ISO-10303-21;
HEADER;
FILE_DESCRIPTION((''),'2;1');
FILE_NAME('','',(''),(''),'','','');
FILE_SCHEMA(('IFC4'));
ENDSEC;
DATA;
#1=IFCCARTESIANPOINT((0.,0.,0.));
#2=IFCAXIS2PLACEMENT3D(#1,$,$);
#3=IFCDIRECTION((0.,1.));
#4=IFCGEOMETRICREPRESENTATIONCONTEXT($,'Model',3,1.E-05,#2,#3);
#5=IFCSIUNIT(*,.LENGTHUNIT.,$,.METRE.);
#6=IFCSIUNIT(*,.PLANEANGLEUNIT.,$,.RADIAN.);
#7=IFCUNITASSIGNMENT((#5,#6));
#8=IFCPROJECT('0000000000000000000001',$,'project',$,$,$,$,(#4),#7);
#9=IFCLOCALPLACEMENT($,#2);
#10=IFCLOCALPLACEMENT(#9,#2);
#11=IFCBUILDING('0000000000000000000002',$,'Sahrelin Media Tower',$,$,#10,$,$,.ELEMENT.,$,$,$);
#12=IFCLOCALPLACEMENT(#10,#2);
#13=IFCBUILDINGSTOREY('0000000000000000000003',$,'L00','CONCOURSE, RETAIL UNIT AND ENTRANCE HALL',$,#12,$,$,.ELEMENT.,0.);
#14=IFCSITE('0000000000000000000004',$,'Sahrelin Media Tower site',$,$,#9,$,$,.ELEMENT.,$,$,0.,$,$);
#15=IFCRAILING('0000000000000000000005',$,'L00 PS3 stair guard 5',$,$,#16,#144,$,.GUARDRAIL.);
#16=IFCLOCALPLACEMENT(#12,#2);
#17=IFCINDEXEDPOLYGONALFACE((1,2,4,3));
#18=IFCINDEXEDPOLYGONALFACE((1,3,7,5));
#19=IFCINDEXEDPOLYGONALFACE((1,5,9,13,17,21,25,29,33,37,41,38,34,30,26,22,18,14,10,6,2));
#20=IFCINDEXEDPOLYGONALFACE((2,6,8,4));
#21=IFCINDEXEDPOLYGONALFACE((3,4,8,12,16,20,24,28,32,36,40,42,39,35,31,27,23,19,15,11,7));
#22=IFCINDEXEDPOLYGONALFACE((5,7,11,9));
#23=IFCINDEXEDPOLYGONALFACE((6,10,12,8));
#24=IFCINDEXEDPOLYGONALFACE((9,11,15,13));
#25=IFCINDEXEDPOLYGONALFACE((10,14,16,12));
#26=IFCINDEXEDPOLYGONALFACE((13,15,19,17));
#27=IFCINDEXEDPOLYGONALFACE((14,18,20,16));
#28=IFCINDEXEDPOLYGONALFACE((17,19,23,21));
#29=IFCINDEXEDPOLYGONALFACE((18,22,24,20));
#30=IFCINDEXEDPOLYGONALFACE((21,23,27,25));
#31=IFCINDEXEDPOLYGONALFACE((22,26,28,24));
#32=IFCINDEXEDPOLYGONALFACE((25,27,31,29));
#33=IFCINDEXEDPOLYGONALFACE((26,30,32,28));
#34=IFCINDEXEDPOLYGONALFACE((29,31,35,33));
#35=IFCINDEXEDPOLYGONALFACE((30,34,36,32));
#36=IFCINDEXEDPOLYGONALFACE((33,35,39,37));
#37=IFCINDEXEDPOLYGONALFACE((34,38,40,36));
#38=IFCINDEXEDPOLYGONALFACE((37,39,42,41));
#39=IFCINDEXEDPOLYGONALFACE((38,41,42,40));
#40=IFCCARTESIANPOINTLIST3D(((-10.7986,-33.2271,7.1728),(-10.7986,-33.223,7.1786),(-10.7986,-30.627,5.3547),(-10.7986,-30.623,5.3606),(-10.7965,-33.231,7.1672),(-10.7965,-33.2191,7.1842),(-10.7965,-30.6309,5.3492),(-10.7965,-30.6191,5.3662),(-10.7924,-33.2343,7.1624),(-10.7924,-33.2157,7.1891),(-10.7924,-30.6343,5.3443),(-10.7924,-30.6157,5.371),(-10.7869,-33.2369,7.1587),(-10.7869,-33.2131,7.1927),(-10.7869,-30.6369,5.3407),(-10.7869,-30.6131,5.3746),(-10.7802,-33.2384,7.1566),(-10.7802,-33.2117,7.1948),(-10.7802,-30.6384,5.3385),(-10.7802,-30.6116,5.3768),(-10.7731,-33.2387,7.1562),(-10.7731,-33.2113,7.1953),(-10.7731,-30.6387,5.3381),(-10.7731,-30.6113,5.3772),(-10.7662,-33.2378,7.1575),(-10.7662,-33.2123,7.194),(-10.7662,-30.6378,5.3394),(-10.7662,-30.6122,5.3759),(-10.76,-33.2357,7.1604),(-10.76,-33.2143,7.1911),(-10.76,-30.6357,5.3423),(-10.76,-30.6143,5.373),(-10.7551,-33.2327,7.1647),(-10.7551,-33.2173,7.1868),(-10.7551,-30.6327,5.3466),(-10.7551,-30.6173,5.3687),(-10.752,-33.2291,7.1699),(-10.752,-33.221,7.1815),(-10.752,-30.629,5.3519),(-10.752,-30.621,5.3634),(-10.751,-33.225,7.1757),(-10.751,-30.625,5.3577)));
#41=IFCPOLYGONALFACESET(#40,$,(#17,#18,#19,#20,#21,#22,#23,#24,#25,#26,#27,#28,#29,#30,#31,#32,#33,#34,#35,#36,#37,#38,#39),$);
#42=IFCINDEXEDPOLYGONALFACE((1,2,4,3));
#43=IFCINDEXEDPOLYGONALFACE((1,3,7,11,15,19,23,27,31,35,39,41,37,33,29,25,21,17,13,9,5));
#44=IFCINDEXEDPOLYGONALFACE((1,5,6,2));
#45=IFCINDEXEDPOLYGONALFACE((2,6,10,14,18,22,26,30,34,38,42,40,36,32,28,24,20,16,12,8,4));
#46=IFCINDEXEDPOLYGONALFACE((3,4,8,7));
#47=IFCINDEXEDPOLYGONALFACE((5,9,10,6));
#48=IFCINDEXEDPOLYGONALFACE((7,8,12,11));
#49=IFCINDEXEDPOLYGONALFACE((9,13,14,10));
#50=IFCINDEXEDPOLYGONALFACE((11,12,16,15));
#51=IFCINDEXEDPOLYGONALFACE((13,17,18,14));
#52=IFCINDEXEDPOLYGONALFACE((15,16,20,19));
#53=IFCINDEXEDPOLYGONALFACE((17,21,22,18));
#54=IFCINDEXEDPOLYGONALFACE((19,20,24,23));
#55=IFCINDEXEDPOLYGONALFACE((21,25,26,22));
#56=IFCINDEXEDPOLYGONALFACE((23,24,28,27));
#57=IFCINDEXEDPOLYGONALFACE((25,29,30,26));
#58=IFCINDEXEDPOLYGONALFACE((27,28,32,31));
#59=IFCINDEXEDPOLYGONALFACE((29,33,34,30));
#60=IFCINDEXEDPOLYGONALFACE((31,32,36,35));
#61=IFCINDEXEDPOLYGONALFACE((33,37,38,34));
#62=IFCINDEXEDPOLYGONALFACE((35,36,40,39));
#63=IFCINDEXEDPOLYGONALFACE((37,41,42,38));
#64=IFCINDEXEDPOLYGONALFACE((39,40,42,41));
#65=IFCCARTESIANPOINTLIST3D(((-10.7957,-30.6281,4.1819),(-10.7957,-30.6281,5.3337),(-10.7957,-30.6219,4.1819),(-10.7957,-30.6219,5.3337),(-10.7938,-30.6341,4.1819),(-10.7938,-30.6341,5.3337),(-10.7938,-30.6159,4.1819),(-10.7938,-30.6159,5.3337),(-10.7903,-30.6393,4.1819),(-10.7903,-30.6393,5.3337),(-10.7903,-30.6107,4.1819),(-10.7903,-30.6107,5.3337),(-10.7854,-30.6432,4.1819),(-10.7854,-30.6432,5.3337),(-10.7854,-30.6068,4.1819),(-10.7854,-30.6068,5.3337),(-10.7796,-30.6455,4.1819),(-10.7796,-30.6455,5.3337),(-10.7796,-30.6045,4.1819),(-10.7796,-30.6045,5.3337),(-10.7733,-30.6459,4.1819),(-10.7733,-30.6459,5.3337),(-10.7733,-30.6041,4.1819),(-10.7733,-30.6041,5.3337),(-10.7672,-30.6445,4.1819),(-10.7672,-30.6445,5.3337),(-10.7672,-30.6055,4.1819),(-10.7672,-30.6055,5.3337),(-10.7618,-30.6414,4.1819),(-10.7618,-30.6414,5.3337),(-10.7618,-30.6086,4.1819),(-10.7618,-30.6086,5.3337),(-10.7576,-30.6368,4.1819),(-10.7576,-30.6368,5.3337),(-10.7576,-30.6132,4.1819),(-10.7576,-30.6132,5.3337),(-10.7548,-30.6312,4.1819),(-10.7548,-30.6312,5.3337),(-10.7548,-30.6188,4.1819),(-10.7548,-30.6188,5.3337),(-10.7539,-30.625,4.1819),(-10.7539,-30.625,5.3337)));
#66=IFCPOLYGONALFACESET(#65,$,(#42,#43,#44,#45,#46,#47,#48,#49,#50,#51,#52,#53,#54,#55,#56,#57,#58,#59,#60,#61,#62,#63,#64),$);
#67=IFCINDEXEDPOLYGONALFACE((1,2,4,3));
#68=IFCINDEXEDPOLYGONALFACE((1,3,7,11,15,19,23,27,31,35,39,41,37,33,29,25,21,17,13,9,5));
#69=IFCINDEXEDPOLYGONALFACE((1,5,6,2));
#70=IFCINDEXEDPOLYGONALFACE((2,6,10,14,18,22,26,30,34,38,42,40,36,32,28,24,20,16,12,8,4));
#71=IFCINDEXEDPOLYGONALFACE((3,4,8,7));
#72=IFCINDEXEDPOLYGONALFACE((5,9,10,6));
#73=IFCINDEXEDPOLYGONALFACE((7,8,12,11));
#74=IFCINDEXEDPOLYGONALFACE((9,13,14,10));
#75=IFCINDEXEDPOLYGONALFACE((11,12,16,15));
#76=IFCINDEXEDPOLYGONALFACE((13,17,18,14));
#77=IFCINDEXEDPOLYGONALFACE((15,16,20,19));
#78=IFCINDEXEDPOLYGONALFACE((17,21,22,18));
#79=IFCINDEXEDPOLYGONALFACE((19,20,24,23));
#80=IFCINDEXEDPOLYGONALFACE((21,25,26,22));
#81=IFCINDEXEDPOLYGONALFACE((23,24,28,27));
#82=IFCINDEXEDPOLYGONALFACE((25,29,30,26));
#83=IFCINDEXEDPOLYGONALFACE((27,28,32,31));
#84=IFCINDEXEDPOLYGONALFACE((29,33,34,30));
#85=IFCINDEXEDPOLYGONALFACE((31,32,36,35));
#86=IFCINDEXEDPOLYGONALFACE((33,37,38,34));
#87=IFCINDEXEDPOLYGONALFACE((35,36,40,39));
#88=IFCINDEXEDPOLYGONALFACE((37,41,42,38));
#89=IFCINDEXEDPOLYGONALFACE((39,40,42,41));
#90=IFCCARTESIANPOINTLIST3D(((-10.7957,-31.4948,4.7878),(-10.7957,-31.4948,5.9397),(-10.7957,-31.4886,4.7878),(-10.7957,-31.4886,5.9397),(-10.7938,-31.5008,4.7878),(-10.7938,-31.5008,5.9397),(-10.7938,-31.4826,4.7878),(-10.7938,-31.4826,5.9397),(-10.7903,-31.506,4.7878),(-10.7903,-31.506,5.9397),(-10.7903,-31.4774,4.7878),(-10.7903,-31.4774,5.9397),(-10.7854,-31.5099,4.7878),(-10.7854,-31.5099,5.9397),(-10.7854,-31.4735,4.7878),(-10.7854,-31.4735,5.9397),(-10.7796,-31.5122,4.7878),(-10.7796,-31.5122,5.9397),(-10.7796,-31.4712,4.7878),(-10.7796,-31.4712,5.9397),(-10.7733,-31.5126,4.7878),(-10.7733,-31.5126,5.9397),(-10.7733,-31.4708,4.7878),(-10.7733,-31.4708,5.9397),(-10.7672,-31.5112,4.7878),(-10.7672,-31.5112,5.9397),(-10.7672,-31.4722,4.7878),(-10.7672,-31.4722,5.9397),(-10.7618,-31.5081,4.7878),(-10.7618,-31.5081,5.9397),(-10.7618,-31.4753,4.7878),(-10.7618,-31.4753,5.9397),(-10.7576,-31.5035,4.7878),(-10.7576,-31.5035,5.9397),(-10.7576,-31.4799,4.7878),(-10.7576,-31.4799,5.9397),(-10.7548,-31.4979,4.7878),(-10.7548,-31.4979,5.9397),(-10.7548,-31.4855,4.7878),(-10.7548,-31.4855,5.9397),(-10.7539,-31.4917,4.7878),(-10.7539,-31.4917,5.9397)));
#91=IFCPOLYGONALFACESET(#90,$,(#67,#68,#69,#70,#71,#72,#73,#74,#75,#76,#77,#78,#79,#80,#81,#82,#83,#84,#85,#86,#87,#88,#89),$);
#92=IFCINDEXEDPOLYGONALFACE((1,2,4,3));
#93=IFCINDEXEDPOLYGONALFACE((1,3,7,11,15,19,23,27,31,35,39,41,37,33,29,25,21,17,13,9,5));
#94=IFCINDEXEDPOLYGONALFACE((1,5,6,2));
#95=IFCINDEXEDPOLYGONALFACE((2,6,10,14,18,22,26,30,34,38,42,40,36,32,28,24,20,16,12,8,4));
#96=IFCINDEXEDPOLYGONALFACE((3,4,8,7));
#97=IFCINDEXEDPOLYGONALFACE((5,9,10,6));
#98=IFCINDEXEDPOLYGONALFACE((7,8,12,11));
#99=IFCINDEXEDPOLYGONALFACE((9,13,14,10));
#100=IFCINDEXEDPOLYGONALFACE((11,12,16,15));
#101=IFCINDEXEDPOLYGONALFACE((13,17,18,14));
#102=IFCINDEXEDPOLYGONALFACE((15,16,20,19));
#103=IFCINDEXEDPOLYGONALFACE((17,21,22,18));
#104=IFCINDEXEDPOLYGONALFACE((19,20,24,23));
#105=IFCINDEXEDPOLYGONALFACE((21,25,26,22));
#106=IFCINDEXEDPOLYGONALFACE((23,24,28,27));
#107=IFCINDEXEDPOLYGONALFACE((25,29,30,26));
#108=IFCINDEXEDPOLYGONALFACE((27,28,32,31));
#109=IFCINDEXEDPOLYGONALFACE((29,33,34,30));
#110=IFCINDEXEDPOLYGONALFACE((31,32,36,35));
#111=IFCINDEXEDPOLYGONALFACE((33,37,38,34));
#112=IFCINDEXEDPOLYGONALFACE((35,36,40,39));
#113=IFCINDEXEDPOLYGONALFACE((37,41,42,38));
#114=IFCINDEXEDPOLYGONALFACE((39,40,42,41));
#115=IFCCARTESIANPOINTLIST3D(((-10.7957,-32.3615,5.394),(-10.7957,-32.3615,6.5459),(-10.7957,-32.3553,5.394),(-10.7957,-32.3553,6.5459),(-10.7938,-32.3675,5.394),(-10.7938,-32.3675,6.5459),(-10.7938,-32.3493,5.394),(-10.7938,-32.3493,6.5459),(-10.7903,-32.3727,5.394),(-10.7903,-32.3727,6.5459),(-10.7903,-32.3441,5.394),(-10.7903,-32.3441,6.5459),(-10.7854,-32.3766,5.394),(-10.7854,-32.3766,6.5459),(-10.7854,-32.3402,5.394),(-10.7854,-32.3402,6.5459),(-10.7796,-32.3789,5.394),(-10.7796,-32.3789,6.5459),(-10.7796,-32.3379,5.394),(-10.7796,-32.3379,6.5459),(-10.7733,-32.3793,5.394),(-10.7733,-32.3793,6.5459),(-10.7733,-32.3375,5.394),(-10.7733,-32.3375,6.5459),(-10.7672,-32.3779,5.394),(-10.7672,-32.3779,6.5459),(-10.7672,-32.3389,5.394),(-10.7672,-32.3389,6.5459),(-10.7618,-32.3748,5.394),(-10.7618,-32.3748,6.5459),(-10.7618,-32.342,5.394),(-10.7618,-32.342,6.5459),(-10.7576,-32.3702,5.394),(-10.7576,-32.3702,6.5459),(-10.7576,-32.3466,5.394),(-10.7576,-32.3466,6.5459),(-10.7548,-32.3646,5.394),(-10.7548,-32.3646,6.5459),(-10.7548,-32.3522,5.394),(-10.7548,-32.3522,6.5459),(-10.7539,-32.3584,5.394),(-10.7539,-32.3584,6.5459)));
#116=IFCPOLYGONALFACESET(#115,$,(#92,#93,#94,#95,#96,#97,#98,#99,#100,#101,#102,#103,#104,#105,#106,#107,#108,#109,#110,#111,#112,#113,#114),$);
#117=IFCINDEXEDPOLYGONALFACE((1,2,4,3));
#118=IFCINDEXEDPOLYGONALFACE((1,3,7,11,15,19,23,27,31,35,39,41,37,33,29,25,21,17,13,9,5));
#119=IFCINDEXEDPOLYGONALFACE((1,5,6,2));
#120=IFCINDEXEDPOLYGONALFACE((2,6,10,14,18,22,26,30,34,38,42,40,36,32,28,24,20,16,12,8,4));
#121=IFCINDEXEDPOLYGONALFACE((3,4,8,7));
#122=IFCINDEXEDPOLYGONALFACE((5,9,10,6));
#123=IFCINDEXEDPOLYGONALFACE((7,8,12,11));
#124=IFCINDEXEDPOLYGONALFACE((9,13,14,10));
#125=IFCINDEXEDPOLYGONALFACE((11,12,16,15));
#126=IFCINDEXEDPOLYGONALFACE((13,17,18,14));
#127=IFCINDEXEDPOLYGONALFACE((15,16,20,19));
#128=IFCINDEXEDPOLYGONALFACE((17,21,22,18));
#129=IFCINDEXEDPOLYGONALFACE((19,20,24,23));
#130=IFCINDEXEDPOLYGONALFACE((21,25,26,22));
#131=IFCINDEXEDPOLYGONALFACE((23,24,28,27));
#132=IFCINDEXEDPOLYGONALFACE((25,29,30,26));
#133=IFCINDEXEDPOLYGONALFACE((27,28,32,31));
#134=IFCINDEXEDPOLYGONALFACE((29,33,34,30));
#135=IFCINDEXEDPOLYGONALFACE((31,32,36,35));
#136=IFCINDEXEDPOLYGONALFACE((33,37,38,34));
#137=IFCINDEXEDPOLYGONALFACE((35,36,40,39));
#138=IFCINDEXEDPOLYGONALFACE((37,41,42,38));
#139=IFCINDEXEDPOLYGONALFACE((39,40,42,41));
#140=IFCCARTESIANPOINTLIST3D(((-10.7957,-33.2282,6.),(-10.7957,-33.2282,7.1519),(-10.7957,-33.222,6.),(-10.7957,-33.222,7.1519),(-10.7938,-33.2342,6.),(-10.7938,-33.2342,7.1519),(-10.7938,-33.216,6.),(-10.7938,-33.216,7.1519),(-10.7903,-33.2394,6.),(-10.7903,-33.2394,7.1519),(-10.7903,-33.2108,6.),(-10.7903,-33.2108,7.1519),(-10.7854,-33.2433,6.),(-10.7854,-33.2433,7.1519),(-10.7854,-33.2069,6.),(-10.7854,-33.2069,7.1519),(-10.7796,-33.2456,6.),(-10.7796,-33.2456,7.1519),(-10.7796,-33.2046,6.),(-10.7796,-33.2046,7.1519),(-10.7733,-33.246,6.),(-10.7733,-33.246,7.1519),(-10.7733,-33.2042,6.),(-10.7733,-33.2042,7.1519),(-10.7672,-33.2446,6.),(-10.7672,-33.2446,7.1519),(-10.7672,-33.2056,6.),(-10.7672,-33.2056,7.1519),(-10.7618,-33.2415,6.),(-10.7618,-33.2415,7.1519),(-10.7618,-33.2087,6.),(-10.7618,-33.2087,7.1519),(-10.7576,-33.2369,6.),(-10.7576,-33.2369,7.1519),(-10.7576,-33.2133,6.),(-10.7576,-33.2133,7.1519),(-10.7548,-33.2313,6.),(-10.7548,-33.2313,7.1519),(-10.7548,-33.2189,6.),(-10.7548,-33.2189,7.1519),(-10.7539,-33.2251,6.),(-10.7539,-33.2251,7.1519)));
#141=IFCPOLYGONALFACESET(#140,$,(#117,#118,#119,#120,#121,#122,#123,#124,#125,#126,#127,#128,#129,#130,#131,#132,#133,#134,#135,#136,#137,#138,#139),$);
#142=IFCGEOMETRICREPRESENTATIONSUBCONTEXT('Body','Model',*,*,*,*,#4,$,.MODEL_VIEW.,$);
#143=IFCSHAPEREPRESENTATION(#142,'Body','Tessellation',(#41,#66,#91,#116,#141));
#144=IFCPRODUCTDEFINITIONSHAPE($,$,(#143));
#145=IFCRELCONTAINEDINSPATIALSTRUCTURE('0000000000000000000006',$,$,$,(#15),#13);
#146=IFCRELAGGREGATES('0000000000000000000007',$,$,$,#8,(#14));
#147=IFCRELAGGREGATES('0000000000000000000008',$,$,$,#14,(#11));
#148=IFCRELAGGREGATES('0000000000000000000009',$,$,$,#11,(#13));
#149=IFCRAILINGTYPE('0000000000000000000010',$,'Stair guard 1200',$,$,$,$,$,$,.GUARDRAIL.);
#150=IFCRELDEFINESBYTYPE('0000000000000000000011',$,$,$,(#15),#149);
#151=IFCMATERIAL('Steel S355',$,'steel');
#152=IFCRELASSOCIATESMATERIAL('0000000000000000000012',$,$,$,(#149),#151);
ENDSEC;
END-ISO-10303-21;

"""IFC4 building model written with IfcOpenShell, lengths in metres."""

from ifc_helpers import new_model, si_unit, direction, frame, origin, origin_2d, place, context, subcontext, project, spatial, circle, extrude, material, type_object, element, save


model = new_model("IFC4")

# Units and contexts
model_context = context("Model", 3, precision=1e-05, world=origin(), true_north=direction((0.0, 1.0)))
body_context = subcontext(model_context, "Body", "Model", "MODEL_VIEW")
ifc_project = project(units=[si_unit("LENGTHUNIT", "METRE"), si_unit("PLANEANGLEUNIT", "RADIAN")], contexts=[model_context])

# Site, building, storey
site_placement = place(None, origin())
site = spatial("IfcSite", under=ifc_project, at=site_placement, Name="Sahrelin Media Tower site", CompositionType="ELEMENT", RefElevation=0.0)
building_placement = place(site_placement, origin())
building = spatial("IfcBuilding", under=site, at=building_placement, Name="Sahrelin Media Tower", CompositionType="ELEMENT")
storey_placement = place(building_placement, origin())
storey = spatial("IfcBuildingStorey", under=building, at=storey_placement, Name="L00", Description="CONCOURSE, RETAIL UNIT AND ENTRANCE HALL", CompositionType="ELEMENT", Elevation=0.0)

# Shared definitions
ifc_material_1 = material(Name="Steel S355", Category="steel")

# Railing
railing_type_1 = type_object("IfcRailingType", Name="Stair guard 1200", PredefinedType="GUARDRAIL", material=ifc_material_1)
railing_1_placement = place(storey_placement, frame((-10.7749, -30.625, 4.1819)))
element("IfcRailing", 1, at=railing_1_placement, inside=storey, type_object=railing_type_1, Name="L00 PS3 stair guard 5", PredefinedType="GUARDRAIL", context=body_context, shape_type="SweptSolid", body=[
    extrude(circle(Radius=0.0239, at=origin_2d()), frame((0.0, 0.0, 1.1758), z_axis=(0.0, -0.819521, 0.573049), x_axis=(1.0, 0.0, 0.0)), (0.0, 0.0, 1.0), 3.1726),
    extrude(circle(Radius=0.021, at=origin_2d()), origin(), (0.0, 0.0, 1.0), 1.1519),
    extrude(circle(Radius=0.021, at=origin_2d()), frame((0.0, -0.8667, 0.606)), (0.0, 0.0, 1.0), 1.1519),
    extrude(circle(Radius=0.021, at=origin_2d()), frame((0.0, -1.7334, 1.2122)), (0.0, 0.0, 1.0), 1.1519),
    extrude(circle(Radius=0.021, at=origin_2d()), frame((0.0, -2.6001, 1.8181)), (0.0, 0.0, 1.0), 1.1519),
])

save(model, "model.ifc")
